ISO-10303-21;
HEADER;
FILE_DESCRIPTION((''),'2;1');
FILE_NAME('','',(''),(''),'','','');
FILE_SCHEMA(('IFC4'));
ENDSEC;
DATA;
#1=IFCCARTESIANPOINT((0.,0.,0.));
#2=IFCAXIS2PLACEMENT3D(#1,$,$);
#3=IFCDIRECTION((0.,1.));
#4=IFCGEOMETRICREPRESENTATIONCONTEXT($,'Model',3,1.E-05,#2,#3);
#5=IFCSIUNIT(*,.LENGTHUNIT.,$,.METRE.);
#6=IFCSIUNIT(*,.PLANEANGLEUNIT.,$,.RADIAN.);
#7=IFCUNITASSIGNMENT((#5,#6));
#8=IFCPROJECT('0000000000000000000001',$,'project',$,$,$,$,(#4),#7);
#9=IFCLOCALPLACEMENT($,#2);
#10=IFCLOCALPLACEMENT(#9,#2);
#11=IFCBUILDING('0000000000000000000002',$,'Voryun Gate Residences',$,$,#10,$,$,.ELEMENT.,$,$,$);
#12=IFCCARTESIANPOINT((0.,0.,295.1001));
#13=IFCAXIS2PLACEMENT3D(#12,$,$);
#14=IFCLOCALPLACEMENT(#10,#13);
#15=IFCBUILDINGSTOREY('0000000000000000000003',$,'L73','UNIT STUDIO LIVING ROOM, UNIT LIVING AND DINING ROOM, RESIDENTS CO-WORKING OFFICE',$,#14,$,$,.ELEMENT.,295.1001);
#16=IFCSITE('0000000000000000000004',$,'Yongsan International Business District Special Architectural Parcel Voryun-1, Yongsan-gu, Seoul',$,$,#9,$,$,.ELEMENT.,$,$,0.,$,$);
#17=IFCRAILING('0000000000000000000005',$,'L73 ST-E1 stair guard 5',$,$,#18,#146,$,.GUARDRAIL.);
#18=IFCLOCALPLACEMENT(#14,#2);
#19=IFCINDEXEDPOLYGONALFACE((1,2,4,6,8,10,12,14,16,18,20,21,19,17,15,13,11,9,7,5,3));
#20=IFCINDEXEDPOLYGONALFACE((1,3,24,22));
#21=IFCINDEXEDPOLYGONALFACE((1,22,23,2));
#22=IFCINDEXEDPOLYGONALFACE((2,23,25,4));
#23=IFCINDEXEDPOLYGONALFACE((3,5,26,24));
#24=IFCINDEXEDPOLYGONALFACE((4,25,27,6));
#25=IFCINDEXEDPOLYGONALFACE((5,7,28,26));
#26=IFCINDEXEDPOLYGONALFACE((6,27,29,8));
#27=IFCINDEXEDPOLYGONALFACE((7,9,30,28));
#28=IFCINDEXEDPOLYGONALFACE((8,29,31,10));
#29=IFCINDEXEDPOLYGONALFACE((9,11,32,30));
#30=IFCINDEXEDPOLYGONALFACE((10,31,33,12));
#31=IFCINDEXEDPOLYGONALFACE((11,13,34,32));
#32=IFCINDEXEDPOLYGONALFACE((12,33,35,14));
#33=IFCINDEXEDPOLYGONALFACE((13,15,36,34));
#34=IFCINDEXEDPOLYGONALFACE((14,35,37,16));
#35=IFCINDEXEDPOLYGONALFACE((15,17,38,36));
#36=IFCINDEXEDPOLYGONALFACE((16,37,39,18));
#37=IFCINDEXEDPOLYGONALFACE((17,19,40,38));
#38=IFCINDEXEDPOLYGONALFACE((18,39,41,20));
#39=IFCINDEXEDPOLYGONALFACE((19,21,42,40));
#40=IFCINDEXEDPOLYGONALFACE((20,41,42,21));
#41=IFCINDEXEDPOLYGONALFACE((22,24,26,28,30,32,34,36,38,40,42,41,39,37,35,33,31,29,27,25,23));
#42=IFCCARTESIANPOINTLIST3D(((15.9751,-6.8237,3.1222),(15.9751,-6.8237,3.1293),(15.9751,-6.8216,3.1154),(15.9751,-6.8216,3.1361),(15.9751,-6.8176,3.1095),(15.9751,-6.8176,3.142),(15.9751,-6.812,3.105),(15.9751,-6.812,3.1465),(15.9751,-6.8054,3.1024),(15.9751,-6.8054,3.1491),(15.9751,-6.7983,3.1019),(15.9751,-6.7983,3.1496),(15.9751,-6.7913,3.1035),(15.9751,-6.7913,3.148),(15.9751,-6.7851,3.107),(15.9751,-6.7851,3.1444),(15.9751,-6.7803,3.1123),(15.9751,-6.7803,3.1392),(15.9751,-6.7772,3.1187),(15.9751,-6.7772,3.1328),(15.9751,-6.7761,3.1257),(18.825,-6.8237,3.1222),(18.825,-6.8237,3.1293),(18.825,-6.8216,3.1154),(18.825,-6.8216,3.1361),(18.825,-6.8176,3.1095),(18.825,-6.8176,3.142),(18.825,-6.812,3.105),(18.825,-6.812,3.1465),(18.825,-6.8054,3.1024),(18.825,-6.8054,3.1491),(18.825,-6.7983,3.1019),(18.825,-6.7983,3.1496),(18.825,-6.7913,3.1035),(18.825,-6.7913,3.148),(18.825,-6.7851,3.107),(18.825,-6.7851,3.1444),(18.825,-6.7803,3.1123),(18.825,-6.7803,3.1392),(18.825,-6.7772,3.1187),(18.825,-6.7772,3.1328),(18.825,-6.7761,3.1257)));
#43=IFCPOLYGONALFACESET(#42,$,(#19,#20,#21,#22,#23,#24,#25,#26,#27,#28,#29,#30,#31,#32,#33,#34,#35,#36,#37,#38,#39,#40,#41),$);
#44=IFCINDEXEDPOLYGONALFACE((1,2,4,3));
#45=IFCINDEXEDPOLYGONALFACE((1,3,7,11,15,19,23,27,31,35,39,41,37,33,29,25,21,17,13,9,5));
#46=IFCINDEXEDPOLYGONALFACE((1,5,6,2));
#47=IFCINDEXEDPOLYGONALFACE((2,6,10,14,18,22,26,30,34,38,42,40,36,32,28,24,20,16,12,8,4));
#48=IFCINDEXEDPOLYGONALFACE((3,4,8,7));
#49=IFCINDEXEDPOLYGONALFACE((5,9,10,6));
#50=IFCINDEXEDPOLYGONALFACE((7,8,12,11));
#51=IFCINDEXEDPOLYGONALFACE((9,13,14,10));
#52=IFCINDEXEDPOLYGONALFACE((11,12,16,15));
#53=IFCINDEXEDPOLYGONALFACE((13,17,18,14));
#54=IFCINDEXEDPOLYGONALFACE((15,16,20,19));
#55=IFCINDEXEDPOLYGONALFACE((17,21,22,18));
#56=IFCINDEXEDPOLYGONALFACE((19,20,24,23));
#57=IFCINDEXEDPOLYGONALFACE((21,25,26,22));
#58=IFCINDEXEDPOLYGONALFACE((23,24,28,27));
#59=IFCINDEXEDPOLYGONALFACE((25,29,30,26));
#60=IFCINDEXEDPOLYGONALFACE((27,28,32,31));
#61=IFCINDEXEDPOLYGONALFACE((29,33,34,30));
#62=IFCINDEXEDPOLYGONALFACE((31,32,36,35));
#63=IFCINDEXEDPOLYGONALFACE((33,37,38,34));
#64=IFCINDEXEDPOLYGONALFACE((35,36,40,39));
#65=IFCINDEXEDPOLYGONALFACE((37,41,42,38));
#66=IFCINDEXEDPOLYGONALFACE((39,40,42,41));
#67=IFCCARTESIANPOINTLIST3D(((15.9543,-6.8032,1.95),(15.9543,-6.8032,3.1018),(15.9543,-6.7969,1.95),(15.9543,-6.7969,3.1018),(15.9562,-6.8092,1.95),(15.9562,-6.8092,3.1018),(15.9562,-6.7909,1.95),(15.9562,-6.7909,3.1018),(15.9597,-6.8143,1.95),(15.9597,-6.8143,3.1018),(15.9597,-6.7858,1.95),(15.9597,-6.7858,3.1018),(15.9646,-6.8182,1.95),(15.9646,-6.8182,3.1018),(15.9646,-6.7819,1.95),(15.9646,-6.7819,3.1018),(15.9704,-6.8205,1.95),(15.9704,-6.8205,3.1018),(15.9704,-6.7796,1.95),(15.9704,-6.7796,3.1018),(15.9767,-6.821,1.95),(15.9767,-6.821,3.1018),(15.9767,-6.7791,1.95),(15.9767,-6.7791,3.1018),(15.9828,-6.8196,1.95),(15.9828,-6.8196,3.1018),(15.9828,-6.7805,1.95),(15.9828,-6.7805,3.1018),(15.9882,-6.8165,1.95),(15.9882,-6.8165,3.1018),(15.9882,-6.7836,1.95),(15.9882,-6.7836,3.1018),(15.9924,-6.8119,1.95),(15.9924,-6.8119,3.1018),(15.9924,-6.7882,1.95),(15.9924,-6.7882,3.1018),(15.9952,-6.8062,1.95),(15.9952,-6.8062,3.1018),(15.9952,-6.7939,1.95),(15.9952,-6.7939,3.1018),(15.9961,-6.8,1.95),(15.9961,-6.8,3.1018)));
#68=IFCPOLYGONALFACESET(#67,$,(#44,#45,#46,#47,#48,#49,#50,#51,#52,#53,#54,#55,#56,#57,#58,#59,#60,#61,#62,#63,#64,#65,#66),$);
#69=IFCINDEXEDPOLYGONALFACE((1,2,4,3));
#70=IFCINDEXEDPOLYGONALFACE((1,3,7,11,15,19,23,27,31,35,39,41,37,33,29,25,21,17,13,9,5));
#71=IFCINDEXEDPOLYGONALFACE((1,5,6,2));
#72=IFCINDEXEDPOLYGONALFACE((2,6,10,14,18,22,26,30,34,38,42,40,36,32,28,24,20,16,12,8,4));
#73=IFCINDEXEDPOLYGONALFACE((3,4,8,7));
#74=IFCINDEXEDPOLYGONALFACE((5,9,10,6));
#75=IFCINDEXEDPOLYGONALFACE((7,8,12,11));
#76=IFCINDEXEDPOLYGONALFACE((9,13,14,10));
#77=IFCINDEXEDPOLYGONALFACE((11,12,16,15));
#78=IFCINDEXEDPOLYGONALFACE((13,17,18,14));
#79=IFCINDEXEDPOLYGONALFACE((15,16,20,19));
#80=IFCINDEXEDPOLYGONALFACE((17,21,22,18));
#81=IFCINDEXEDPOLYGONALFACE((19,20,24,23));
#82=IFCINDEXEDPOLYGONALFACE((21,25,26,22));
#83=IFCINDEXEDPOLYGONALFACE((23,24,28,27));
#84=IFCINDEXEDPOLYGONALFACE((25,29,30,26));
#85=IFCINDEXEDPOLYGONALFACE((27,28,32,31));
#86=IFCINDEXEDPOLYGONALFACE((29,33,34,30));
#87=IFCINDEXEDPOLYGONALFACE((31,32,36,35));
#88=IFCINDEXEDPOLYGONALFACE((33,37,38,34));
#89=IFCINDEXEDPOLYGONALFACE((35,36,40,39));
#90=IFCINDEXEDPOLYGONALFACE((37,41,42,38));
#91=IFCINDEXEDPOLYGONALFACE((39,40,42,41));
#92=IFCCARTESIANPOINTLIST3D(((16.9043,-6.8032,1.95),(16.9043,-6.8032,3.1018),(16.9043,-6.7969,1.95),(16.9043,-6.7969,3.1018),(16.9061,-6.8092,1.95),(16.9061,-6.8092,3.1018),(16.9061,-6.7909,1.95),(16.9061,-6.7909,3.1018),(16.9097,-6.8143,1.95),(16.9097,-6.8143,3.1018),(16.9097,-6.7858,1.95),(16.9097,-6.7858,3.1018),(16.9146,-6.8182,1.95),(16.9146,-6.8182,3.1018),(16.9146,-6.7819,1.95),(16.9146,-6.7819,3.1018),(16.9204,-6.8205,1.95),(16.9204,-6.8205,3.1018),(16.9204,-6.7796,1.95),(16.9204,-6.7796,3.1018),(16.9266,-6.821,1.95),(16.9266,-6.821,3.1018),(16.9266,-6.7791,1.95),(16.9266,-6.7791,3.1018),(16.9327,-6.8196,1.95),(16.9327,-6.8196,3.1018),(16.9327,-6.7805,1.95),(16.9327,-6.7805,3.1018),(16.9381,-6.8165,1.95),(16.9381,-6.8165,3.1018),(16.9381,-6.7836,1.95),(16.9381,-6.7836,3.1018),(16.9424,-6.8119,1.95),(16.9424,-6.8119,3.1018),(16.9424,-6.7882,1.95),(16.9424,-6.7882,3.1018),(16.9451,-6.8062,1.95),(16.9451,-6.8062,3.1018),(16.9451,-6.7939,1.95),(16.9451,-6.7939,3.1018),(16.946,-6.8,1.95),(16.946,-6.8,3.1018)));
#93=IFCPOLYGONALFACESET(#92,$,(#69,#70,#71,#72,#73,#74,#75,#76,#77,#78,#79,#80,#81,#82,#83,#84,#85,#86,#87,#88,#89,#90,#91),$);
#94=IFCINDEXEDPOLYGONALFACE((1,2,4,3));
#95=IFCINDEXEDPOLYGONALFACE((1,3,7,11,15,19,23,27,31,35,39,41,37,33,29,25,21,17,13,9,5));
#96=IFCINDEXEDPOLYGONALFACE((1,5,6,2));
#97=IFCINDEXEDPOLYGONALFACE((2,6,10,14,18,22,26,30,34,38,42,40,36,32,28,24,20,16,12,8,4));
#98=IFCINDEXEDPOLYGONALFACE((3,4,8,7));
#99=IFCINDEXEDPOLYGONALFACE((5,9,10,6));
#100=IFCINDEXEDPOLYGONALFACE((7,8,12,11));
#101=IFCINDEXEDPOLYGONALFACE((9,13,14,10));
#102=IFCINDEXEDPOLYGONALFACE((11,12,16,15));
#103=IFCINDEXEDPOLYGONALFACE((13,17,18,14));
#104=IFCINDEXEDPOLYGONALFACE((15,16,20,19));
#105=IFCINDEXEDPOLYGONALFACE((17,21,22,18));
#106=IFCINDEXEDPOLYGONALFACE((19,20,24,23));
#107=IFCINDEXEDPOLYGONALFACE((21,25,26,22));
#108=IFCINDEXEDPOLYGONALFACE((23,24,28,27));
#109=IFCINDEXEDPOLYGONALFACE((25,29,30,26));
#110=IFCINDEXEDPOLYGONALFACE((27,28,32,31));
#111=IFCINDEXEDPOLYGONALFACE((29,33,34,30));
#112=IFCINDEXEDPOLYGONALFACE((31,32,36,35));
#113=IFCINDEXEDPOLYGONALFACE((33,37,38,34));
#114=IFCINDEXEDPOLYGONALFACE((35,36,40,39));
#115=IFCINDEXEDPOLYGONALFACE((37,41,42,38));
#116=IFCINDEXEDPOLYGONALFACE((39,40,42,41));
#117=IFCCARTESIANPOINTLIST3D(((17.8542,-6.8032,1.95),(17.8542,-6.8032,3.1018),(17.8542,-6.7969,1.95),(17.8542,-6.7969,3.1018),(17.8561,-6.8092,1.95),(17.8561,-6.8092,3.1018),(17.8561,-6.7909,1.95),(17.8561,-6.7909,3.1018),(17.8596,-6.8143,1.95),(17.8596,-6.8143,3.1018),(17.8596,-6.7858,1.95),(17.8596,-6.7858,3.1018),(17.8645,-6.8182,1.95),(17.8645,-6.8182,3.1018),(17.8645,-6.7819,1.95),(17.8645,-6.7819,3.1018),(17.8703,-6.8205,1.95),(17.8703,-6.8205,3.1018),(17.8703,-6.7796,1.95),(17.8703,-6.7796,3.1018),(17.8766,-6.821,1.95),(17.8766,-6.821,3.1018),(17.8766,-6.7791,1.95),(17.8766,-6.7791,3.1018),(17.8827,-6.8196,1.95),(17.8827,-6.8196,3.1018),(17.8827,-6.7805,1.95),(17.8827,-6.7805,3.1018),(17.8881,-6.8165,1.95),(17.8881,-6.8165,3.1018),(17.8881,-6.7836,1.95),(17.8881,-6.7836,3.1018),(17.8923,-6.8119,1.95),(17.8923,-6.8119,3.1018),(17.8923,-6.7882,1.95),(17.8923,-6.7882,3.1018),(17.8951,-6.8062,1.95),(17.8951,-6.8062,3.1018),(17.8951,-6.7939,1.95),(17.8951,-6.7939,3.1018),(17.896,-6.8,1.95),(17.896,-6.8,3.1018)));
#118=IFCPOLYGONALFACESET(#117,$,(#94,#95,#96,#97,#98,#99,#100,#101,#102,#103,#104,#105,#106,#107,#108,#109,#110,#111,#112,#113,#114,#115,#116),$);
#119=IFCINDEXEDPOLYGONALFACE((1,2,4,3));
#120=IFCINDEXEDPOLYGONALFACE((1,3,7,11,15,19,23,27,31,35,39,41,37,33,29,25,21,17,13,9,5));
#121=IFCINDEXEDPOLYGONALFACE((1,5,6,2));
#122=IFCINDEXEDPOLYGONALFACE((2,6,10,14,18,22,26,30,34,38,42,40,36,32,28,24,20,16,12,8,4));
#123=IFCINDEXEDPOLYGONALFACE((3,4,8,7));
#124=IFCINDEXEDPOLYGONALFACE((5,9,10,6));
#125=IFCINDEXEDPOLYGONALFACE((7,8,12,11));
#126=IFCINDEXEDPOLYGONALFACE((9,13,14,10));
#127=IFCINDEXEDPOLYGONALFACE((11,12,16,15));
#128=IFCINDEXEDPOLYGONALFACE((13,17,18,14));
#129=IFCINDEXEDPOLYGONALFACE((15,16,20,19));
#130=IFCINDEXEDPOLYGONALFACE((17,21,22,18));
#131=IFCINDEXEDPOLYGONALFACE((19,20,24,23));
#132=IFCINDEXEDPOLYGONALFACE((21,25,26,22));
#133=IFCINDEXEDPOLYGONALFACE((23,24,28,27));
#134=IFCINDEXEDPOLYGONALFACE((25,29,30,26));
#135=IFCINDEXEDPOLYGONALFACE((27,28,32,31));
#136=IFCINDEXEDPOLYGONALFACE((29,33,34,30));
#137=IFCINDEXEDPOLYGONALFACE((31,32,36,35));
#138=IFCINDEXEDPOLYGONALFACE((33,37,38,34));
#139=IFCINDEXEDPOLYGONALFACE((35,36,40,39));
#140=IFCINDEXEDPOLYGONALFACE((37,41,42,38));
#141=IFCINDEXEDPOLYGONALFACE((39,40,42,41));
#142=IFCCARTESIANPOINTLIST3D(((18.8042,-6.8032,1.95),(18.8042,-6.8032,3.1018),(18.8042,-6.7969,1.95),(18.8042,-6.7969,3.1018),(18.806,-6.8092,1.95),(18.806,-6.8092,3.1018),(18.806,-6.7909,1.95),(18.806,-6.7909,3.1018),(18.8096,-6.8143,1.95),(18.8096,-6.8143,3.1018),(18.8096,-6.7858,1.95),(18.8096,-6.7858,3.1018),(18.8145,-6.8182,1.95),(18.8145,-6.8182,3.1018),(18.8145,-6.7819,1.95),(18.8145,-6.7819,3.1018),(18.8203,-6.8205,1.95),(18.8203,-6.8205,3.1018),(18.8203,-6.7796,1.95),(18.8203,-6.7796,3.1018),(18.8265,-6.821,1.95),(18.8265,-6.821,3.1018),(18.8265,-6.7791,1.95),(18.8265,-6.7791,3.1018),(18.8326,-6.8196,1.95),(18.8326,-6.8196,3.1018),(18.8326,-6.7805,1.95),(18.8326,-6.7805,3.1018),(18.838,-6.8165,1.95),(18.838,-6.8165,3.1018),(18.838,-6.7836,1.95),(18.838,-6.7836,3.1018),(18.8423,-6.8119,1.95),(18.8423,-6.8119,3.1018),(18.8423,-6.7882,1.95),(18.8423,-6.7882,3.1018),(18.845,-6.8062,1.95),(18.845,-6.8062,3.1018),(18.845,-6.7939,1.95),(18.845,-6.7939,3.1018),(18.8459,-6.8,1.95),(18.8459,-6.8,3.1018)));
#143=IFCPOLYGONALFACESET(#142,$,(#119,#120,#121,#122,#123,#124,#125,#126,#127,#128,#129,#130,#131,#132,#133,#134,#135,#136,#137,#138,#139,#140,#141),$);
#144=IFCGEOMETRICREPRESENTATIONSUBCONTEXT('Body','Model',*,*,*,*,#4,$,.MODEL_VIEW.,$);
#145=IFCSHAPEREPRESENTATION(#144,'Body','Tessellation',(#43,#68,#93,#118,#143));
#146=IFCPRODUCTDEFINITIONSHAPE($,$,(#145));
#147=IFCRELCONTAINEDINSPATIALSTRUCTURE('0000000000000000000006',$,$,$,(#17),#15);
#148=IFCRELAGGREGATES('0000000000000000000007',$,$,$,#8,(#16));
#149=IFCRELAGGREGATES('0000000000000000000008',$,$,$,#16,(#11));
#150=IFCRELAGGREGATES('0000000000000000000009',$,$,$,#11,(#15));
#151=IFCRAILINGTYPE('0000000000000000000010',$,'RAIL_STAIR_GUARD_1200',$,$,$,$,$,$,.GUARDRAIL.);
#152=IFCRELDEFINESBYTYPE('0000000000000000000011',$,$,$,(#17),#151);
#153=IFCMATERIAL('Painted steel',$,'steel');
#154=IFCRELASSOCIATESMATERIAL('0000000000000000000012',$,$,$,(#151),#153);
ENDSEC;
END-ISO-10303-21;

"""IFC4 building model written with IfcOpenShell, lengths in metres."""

from ifc_helpers import new_model, si_unit, direction, frame, origin, origin_2d, place, context, subcontext, project, spatial, circle, extrude, material, type_object, element, save


model = new_model("IFC4")

# Units and contexts
model_context = context("Model", 3, precision=1e-05, world=origin(), true_north=direction((0.0, 1.0)))
body_context = subcontext(model_context, "Body", "Model", "MODEL_VIEW")
ifc_project = project(units=[si_unit("LENGTHUNIT", "METRE"), si_unit("PLANEANGLEUNIT", "RADIAN")], contexts=[model_context])

# Site, building, storey
site_placement = place(None, origin())
site = spatial("IfcSite", under=ifc_project, at=site_placement, Name="Yongsan International Business District Special Architectural Parcel Voryun-1, Yongsan-gu, Seoul", CompositionType="ELEMENT", RefElevation=0.0)
building_placement = place(site_placement, origin())
building = spatial("IfcBuilding", under=site, at=building_placement, Name="Voryun Gate Residences", CompositionType="ELEMENT")
storey_placement = place(building_placement, frame((0.0, 0.0, 295.1001)))
storey = spatial("IfcBuildingStorey", under=building, at=storey_placement, Name="L73", Description="UNIT STUDIO LIVING ROOM, UNIT LIVING AND DINING ROOM, RESIDENTS CO-WORKING OFFICE", CompositionType="ELEMENT", Elevation=295.1001)

# Railing
ifc_material_1 = material(Name="Painted steel", Category="steel")
railing_type_1 = type_object("IfcRailingType", Name="RAIL_STAIR_GUARD_1200", PredefinedType="GUARDRAIL", material=ifc_material_1)
railing_1_placement = place(storey_placement, frame((15.9751, -6.8, 1.95)))
element("IfcRailing", 1, at=railing_1_placement, inside=storey, type_object=railing_type_1, Name="L73 ST-E1 stair guard 5", PredefinedType="GUARDRAIL", context=body_context, shape_type="SweptSolid", body=[
    extrude(circle(Radius=0.0239, at=origin_2d()), frame((0.0, 0.0, 1.1758), z_axis=(1.0, 0.0, 0.0), x_axis=(0.0, 1.0, 0.0)), (0.0, 0.0, 1.0), 2.8499),
    extrude(circle(Radius=0.021, at=origin_2d()), origin(), (0.0, 0.0, 1.0), 1.1519),
    extrude(circle(Radius=0.021, at=origin_2d()), frame((0.95, 0.0, 0.0)), (0.0, 0.0, 1.0), 1.1519),
    extrude(circle(Radius=0.021, at=origin_2d()), frame((1.8999, 0.0, 0.0)), (0.0, 0.0, 1.0), 1.1519),
    extrude(circle(Radius=0.021, at=origin_2d()), frame((2.8499, 0.0, 0.0)), (0.0, 0.0, 1.0), 1.1519),
])

save(model, "model.ifc")
